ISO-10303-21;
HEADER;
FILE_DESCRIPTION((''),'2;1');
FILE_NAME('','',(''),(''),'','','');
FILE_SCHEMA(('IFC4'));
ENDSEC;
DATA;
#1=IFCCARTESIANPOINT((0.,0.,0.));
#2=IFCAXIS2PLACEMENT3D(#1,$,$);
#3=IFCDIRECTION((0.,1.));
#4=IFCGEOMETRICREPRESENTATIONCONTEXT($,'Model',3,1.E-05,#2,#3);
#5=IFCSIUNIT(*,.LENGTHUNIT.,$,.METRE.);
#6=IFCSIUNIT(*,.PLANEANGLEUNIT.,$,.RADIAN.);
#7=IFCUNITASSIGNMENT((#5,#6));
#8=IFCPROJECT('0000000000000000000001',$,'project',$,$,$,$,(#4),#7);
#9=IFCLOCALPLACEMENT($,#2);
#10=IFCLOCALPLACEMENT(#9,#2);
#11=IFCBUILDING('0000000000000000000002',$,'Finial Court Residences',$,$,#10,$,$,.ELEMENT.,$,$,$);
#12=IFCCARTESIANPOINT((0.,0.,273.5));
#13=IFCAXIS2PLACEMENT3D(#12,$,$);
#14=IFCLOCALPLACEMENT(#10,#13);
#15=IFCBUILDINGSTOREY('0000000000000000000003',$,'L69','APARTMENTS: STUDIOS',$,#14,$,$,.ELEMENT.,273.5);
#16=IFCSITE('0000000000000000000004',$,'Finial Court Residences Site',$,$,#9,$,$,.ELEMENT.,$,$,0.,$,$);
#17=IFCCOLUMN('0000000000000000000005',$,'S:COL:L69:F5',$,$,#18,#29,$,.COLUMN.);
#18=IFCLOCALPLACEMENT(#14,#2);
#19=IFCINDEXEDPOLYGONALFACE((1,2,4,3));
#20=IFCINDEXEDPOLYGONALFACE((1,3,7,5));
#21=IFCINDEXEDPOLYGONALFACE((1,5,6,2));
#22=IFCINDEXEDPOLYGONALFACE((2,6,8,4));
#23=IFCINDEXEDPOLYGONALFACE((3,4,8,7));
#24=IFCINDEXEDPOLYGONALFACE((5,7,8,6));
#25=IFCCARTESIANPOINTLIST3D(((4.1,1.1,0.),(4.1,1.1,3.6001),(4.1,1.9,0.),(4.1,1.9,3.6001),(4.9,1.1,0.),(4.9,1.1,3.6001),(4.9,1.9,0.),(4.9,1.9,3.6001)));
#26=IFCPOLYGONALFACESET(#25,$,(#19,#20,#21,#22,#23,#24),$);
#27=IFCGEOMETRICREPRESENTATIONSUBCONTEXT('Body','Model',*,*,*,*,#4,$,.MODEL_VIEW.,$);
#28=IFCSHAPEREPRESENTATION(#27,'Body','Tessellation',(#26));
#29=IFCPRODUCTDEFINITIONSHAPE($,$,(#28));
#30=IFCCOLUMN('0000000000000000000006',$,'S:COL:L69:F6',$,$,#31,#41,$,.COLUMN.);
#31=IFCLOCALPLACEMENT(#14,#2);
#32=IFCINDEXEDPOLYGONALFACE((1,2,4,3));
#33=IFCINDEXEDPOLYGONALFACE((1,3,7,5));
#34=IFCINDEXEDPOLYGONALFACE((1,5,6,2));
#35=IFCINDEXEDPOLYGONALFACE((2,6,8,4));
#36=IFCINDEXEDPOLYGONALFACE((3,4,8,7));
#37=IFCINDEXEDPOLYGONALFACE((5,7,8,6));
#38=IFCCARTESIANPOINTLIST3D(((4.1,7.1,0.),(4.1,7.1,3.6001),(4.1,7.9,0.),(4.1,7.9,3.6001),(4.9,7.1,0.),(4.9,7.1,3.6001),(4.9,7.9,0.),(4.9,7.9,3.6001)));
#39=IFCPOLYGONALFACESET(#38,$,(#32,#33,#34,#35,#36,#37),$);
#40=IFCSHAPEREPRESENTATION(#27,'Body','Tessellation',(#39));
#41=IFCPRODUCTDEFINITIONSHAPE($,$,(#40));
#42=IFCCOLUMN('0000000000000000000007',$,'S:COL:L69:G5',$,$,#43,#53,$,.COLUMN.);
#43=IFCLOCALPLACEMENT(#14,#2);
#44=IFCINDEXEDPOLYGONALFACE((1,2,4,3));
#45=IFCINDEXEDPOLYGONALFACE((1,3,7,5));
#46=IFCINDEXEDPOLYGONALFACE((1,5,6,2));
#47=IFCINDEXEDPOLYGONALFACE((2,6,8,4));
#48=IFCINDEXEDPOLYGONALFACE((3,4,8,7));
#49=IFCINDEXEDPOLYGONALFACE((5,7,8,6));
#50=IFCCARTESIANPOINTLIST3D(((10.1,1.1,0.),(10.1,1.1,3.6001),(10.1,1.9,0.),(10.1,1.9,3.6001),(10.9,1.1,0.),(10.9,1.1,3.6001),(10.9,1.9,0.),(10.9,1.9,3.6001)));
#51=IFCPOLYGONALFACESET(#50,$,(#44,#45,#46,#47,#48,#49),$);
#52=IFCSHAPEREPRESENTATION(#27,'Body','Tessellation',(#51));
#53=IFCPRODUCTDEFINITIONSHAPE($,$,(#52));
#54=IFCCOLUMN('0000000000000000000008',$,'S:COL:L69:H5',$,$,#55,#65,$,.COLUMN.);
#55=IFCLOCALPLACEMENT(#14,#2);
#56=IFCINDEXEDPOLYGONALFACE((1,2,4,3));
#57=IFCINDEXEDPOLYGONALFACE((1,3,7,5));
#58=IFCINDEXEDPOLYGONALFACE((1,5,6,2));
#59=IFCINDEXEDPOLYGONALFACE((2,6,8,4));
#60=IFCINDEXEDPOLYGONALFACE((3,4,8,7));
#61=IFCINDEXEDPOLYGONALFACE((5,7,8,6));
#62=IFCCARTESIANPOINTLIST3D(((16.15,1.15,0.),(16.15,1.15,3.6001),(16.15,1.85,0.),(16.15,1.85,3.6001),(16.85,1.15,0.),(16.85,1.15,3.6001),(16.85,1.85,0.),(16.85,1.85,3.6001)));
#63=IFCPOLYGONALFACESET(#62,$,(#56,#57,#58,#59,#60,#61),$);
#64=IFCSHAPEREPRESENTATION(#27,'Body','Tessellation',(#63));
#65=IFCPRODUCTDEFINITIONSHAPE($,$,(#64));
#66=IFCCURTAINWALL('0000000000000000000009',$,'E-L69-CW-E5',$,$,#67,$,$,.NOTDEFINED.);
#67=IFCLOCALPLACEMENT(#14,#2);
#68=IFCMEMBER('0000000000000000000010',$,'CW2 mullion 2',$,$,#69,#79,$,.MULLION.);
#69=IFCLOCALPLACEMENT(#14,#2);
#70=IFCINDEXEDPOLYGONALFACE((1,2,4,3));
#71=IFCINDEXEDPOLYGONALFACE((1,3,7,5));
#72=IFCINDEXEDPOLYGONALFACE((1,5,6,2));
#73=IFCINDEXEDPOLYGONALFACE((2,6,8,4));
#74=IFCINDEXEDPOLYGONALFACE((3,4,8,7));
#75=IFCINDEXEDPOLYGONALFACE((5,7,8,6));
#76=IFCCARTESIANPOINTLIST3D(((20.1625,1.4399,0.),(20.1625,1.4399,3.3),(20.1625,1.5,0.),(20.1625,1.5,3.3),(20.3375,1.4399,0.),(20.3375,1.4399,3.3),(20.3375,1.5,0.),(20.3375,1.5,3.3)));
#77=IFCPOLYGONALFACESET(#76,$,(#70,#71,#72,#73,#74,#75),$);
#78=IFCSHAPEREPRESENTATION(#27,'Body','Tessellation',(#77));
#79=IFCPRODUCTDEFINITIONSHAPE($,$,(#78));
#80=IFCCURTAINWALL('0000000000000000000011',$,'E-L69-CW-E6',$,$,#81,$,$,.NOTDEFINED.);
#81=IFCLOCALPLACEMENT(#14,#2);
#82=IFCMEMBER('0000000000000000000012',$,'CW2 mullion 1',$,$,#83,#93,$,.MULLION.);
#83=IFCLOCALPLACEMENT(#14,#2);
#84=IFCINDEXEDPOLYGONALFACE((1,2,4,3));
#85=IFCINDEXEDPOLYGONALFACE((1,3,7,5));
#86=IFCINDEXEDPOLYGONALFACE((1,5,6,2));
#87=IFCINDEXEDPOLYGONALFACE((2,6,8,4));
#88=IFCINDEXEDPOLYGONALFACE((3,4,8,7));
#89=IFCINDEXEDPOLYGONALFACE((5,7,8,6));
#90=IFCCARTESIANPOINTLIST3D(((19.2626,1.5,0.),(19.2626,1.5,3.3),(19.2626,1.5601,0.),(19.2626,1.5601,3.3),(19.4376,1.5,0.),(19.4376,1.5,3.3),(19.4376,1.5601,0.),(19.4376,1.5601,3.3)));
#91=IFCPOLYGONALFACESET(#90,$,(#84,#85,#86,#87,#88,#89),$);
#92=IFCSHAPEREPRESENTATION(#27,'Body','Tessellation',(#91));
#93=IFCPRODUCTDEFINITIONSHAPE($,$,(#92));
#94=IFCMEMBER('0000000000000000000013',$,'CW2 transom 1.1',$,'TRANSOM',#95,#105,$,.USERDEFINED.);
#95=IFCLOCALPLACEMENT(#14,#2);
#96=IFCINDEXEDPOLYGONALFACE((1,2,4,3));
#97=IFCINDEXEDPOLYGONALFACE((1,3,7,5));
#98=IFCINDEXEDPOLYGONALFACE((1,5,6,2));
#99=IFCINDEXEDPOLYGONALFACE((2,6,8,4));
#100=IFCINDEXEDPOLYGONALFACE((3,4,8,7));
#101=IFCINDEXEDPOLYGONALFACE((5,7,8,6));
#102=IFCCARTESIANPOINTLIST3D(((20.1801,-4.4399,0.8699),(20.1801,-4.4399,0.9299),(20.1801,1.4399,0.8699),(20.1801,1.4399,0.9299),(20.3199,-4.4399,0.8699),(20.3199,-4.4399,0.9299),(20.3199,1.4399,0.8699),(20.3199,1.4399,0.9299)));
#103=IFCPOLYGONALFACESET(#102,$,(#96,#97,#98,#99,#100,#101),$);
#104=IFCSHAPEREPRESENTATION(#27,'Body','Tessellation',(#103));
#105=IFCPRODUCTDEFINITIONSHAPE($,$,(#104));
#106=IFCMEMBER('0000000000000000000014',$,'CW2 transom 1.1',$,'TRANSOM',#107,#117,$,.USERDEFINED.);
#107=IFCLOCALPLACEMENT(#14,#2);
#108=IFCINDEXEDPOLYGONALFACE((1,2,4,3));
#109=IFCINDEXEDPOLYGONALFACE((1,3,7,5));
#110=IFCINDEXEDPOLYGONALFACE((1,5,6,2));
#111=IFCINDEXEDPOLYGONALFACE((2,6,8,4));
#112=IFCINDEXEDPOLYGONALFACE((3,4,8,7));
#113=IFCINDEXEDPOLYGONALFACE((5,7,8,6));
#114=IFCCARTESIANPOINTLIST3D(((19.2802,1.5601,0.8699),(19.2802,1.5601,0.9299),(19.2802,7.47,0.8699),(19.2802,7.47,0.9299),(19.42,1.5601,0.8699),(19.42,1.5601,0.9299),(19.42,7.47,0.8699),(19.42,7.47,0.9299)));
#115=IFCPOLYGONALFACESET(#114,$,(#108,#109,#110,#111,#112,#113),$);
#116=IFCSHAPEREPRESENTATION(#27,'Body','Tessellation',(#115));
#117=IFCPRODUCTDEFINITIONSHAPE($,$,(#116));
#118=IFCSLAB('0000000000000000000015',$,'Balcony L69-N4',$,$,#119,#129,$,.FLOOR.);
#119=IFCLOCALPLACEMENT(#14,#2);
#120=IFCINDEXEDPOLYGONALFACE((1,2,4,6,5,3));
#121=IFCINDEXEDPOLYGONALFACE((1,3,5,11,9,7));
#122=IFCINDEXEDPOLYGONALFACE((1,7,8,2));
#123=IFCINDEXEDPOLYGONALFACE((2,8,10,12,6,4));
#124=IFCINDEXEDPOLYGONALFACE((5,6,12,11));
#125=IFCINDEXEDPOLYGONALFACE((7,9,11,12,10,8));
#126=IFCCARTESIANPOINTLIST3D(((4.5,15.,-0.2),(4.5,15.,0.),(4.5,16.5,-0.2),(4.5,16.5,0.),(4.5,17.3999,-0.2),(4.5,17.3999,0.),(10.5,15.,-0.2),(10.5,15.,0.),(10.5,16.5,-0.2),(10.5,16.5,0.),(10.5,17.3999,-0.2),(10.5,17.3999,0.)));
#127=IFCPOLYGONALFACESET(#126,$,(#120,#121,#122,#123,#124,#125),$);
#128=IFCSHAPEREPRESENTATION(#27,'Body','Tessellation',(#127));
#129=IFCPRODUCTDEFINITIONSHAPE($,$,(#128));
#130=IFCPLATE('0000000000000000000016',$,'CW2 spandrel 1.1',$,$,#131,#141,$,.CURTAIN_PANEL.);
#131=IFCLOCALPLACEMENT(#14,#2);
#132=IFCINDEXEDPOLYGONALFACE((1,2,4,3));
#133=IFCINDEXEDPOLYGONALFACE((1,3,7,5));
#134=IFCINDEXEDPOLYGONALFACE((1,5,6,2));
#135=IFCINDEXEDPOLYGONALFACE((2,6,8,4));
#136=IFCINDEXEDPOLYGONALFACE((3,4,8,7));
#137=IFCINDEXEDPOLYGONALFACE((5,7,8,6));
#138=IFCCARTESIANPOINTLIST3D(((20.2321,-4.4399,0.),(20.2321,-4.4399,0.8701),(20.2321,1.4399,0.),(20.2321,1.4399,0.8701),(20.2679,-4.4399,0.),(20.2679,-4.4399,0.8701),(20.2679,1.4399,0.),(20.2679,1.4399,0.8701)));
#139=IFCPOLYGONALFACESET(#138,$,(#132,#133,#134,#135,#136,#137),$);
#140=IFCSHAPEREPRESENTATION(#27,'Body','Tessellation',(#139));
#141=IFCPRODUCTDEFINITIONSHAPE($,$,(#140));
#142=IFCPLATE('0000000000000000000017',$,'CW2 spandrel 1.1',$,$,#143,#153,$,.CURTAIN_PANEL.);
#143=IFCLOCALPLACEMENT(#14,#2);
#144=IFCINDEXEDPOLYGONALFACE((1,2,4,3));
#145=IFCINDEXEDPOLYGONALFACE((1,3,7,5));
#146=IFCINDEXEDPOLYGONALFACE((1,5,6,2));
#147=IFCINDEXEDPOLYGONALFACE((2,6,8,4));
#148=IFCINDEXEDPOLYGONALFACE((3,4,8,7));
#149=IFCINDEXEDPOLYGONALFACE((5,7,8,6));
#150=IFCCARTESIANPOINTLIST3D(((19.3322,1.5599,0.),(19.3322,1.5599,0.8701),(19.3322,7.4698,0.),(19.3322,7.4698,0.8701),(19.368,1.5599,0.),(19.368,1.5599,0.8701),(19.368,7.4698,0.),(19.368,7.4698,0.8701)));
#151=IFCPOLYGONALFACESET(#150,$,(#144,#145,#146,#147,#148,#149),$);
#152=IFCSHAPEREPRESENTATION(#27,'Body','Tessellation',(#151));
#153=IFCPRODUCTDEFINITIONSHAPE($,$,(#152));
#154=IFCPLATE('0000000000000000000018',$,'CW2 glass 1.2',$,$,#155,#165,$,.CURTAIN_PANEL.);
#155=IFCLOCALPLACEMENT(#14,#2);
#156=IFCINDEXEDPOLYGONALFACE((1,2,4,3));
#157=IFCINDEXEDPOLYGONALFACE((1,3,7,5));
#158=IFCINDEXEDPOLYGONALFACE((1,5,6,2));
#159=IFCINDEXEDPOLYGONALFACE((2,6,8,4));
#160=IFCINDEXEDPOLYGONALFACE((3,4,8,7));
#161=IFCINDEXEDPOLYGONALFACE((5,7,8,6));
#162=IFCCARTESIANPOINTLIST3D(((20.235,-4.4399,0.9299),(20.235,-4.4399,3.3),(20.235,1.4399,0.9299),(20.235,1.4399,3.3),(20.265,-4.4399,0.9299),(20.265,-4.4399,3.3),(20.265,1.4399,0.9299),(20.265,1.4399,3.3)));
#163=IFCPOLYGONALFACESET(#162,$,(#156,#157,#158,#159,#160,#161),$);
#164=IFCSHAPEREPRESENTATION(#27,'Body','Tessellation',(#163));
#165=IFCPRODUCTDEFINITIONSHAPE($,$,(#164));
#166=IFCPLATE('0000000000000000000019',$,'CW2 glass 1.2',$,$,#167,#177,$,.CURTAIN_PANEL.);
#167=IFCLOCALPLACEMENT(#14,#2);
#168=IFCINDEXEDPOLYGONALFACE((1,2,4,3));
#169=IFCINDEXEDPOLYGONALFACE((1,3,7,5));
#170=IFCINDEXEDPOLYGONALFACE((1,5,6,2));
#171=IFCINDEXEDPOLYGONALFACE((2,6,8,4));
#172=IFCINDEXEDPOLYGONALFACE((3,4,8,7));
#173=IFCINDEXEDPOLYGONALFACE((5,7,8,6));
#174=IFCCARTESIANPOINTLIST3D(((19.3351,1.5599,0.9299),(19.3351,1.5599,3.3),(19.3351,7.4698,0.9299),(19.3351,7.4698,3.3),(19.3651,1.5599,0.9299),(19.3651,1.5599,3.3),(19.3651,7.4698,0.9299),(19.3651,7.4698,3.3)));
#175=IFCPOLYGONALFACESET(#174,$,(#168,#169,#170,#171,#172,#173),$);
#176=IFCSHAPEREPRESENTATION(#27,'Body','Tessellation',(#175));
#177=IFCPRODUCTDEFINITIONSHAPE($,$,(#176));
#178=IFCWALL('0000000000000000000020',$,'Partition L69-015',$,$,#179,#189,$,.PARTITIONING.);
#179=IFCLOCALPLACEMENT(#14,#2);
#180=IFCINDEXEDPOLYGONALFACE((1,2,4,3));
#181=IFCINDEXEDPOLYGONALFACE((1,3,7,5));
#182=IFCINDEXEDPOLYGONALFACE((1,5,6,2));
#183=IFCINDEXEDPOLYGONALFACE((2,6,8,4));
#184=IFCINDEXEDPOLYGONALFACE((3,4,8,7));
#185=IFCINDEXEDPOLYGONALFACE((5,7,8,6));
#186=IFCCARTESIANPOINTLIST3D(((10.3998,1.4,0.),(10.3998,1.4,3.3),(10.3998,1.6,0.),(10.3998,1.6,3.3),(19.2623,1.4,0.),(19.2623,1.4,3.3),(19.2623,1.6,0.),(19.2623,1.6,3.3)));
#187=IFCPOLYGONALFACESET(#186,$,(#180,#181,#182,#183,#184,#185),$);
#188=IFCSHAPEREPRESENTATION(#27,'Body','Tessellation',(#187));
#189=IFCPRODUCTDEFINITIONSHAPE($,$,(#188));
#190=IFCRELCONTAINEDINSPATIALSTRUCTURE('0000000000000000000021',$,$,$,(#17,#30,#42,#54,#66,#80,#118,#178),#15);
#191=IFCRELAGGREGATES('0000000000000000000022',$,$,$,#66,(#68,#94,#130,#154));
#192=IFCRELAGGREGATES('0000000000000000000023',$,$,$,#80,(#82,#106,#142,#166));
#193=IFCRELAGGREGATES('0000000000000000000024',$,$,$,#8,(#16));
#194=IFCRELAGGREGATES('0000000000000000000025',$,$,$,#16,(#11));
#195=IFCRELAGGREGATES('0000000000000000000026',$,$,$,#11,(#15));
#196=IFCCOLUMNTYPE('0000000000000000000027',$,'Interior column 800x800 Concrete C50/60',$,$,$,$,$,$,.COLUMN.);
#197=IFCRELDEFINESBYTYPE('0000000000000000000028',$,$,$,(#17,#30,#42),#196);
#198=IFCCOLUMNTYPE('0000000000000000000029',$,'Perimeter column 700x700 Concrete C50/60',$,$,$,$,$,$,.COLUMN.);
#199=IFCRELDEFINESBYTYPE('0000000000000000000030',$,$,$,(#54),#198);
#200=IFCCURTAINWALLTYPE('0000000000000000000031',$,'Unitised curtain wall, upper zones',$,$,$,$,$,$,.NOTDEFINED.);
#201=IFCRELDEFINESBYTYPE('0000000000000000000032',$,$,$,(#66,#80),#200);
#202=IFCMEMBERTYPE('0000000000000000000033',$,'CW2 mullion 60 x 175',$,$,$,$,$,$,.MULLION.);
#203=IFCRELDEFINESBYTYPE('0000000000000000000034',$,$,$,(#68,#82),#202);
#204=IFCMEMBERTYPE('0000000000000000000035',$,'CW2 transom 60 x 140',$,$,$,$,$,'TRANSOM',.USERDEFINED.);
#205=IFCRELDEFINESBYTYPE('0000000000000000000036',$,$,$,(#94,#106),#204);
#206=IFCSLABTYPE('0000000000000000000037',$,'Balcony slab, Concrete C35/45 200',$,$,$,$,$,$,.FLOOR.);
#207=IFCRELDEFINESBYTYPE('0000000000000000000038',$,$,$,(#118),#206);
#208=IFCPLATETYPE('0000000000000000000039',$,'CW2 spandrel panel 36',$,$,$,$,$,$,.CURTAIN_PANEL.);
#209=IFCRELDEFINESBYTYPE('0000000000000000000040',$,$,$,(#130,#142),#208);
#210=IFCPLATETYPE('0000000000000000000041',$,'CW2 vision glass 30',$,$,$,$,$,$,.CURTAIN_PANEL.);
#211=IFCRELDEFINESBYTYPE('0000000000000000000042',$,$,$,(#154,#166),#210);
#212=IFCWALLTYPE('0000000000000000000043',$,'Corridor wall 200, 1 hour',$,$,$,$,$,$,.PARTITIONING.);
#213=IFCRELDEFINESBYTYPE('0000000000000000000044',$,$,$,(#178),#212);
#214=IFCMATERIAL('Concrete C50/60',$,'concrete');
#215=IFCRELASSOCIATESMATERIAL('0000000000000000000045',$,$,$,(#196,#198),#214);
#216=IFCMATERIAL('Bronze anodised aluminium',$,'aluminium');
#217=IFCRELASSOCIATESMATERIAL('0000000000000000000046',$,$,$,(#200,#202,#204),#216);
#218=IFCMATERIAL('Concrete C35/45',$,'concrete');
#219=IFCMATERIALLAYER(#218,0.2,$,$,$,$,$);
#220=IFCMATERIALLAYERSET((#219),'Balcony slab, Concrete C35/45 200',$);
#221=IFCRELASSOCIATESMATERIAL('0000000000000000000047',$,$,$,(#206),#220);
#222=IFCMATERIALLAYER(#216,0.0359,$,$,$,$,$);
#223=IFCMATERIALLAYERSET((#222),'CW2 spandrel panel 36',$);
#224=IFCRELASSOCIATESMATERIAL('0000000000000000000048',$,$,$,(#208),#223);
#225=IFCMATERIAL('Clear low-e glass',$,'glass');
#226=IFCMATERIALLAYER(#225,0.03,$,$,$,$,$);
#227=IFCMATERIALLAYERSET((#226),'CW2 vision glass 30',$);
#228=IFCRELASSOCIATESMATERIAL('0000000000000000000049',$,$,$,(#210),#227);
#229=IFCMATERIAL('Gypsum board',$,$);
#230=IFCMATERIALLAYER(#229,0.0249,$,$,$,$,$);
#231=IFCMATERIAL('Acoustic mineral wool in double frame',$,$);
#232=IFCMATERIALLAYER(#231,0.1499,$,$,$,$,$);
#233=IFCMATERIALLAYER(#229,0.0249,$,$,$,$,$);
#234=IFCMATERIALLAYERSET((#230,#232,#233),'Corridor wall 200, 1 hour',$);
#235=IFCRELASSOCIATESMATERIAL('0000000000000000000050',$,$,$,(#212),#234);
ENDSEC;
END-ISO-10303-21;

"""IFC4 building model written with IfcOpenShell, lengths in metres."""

from ifc_helpers import new_model, si_unit, direction, frame, frame_2d, origin, origin_2d, place, context, subcontext, project, spatial, polyline, rectangle, outline, extrude, material, layer, layer_set, material_profile, profile_set, type_object, element, aggregate, save


model = new_model("IFC4")

# Units and contexts
model_context = context("Model", 3, precision=1e-05, world=origin(), true_north=direction((0.0, 1.0)))
body_context = subcontext(model_context, "Body", "Model", "MODEL_VIEW")
ifc_project = project(units=[si_unit("LENGTHUNIT", "METRE"), si_unit("PLANEANGLEUNIT", "RADIAN")], contexts=[model_context])

# Site, building, storey
site_placement = place(None, origin())
site = spatial("IfcSite", under=ifc_project, at=site_placement, Name="Finial Court Residences Site", CompositionType="ELEMENT", RefElevation=0.0)
building_placement = place(site_placement, origin())
building = spatial("IfcBuilding", under=site, at=building_placement, Name="Finial Court Residences", CompositionType="ELEMENT")
storey_placement = place(building_placement, frame((0.0, 0.0, 273.5)))
storey = spatial("IfcBuildingStorey", under=building, at=storey_placement, Name="L69", Description="APARTMENTS: STUDIOS", CompositionType="ELEMENT", Elevation=273.5)

# Columns
ifc_material_1 = material(Name="Concrete C50/60", Category="concrete")
ifc_material_profile_1 = material_profile(ifc_material_1, rectangle(XDim=0.8, YDim=0.8, at=origin_2d()), Name="800x800")
ifc_profile_set_1 = profile_set([ifc_material_profile_1], Name="Concrete C50/60")
column_type_1 = type_object("IfcColumnType", Name="Interior column 800x800 Concrete C50/60", PredefinedType="COLUMN", material=ifc_profile_set_1)
for number, where, z_axis, x_axis, name in (
    (1, (4.5, 1.5, 0.0), (0.0, 0.0, 1.0), (1.0, 0.0, 0.0), "S:COL:L69:F5"),
    (2, (4.5, 7.5, 0.0), (0.0, 0.0, 1.0), (1.0, 0.0, 0.0), "S:COL:L69:F6"),
    (3, (10.5, 1.5, 0.0), (0.0, 0.0, 1.0), (1.0, 0.0, 0.0), "S:COL:L69:G5"),
):
    element("IfcColumn", number, at=place(storey_placement, frame(where, z_axis=z_axis, x_axis=x_axis)), inside=storey, type_object=column_type_1, Name=name, PredefinedType="COLUMN", context=body_context, shape_type="SweptSolid", body=[
        extrude(rectangle(XDim=0.8, YDim=0.8, at=origin_2d()), origin(), (0.0, 0.0, 1.0), 3.6001),
    ])
ifc_material_profile_2 = material_profile(ifc_material_1, rectangle(XDim=0.7, YDim=0.7, at=origin_2d()), Name="700x700")
ifc_profile_set_2 = profile_set([ifc_material_profile_2], Name="Concrete C50/60")
column_type_2 = type_object("IfcColumnType", Name="Perimeter column 700x700 Concrete C50/60", PredefinedType="COLUMN", material=ifc_profile_set_2)
column_placement = place(storey_placement, frame((16.5, 1.5, 0.0), z_axis=(0.0, 0.0, 1.0), x_axis=(1.0, 0.0, 0.0)))
element("IfcColumn", 4, at=column_placement, inside=storey, type_object=column_type_2, Name="S:COL:L69:H5", PredefinedType="COLUMN", context=body_context, shape_type="SweptSolid", body=[
    extrude(rectangle(XDim=0.7, YDim=0.7, at=origin_2d()), origin(), (0.0, 0.0, 1.0), 3.6001),
])

# Curtain walls, members
ifc_material_2 = material(Name="Bronze anodised aluminium", Category="aluminium")
curtain_wall_type = type_object("IfcCurtainWallType", Name="Unitised curtain wall, upper zones", PredefinedType="NOTDEFINED", material=ifc_material_2)
curtain_wall_1_placement = place(storey_placement, origin())
curtain_wall_1 = element("IfcCurtainWall", 5, at=curtain_wall_1_placement, inside=storey, type_object=curtain_wall_type, Name="E-L69-CW-E5", PredefinedType="NOTDEFINED")
ifc_material_profile_3 = material_profile(ifc_material_2, rectangle(XDim=0.175, YDim=0.0601, at=origin_2d()), Name="CW2 mullion 60 x 175")
ifc_profile_set_3 = profile_set([ifc_material_profile_3], Name="Bronze anodised aluminium")
member_type_1 = type_object("IfcMemberType", Name="CW2 mullion 60 x 175", PredefinedType="MULLION", material=ifc_profile_set_3)
member_1_placement = place(storey_placement, frame((20.25, 1.47, 0.0), z_axis=(0.0, 0.0, 1.0), x_axis=(-1.0, 0.0, 0.0)))
member_1 = element("IfcMember", 6, at=member_1_placement, type_object=member_type_1, Name="CW2 mullion 2", PredefinedType="MULLION", context=body_context, shape_type="SweptSolid", body=[
    extrude(rectangle(XDim=0.175, YDim=0.0601, at=origin_2d()), origin(), (0.0, 0.0, 1.0), 3.3),
])
curtain_wall_2_placement = place(storey_placement, origin())
curtain_wall_2 = element("IfcCurtainWall", 7, at=curtain_wall_2_placement, inside=storey, type_object=curtain_wall_type, Name="E-L69-CW-E6", PredefinedType="NOTDEFINED")
member_2_placement = place(storey_placement, frame((19.3501, 1.53, 0.0), z_axis=(0.0, 0.0, 1.0), x_axis=(-1.0, 0.0, 0.0)))
member_2 = element("IfcMember", 8, at=member_2_placement, type_object=member_type_1, Name="CW2 mullion 1", PredefinedType="MULLION", context=body_context, shape_type="SweptSolid", body=[
    extrude(rectangle(XDim=0.175, YDim=0.0601, at=origin_2d()), origin(), (0.0, 0.0, 1.0), 3.3),
])

# Members
ifc_material_profile_4 = material_profile(ifc_material_2, rectangle(XDim=0.1399, YDim=0.0601, at=origin_2d()), Name="CW2 transom 60 x 140")
ifc_profile_set_4 = profile_set([ifc_material_profile_4], Name="Bronze anodised aluminium")
member_type_2 = type_object("IfcMemberType", Name="CW2 transom 60 x 140", ElementType="TRANSOM", PredefinedType="USERDEFINED", material=ifc_profile_set_4)
member_3_placement = place(storey_placement, frame((20.25, -4.4399, 0.8999), z_axis=(0.0, 1.0, 0.0), x_axis=(-1.0, 0.0, 0.0)))
member_3 = element("IfcMember", 9, at=member_3_placement, type_object=member_type_2, Name="CW2 transom 1.1", ObjectType="TRANSOM", PredefinedType="USERDEFINED", context=body_context, shape_type="SweptSolid", body=[
    extrude(rectangle(XDim=0.1399, YDim=0.0601, at=origin_2d()), origin(), (0.0, 0.0, 1.0), 5.8799),
])
member_4_placement = place(storey_placement, frame((19.3501, 1.5601, 0.8999), z_axis=(0.0, 1.0, 0.0), x_axis=(-1.0, 0.0, 0.0)))
member_4 = element("IfcMember", 10, at=member_4_placement, type_object=member_type_2, Name="CW2 transom 1.1", ObjectType="TRANSOM", PredefinedType="USERDEFINED", context=body_context, shape_type="SweptSolid", body=[
    extrude(rectangle(XDim=0.1399, YDim=0.0601, at=origin_2d()), origin(), (0.0, 0.0, 1.0), 5.9099),
])

# Slab
ifc_material_3 = material(Name="Concrete C35/45", Category="concrete")
ifc_layer_1 = layer(ifc_material_3, 0.2)
ifc_layer_set_1 = layer_set([ifc_layer_1], Name="Balcony slab, Concrete C35/45 200")
slab_type = type_object("IfcSlabType", Name="Balcony slab, Concrete C35/45 200", PredefinedType="FLOOR", material=ifc_layer_set_1)
slab_placement = place(storey_placement, frame((0.0, 0.0, -0.2)))
element("IfcSlab", 11, at=slab_placement, inside=storey, type_object=slab_type, Name="Balcony L69-N4", PredefinedType="FLOOR", context=body_context, shape_type="SweptSolid", body=[
    extrude(outline(polyline([(4.5, 16.5), (4.5, 17.3999), (10.5, 17.3999), (10.5, 16.5), (10.5, 15.0), (4.5, 15.0), (4.5, 16.5)])), origin(), (0.0, 0.0, 1.0), 0.2),
])

# Plates
ifc_layer_2 = layer(ifc_material_2, 0.0359)
ifc_layer_set_2 = layer_set([ifc_layer_2], Name="CW2 spandrel panel 36")
plate_type_1 = type_object("IfcPlateType", Name="CW2 spandrel panel 36", PredefinedType="CURTAIN_PANEL", material=ifc_layer_set_2)
plate_1_placement = place(storey_placement, frame((20.25, -1.5, 0.0), z_axis=(0.0, 0.0, 1.0), x_axis=(0.0, 1.0, 0.0)))
plate_1 = element("IfcPlate", 12, at=plate_1_placement, type_object=plate_type_1, Name="CW2 spandrel 1.1", PredefinedType="CURTAIN_PANEL", context=body_context, shape_type="SweptSolid", body=[
    extrude(rectangle(XDim=5.8799, YDim=0.0359, at=origin_2d()), origin(), (0.0, 0.0, 1.0), 0.8701),
])
plate_2_placement = place(storey_placement, frame((19.3501, 4.5149, 0.0), z_axis=(0.0, 0.0, 1.0), x_axis=(0.0, 1.0, 0.0)))
plate_2 = element("IfcPlate", 13, at=plate_2_placement, type_object=plate_type_1, Name="CW2 spandrel 1.1", PredefinedType="CURTAIN_PANEL", context=body_context, shape_type="SweptSolid", body=[
    extrude(rectangle(XDim=5.9099, YDim=0.0359, at=origin_2d()), origin(), (0.0, 0.0, 1.0), 0.8701),
])
ifc_material_4 = material(Name="Clear low-e glass", Category="glass")
ifc_layer_3 = layer(ifc_material_4, 0.03)
ifc_layer_set_3 = layer_set([ifc_layer_3], Name="CW2 vision glass 30")
plate_type_2 = type_object("IfcPlateType", Name="CW2 vision glass 30", PredefinedType="CURTAIN_PANEL", material=ifc_layer_set_3)
plate_3_placement = place(storey_placement, frame((20.25, -1.5, 0.9299), z_axis=(0.0, 0.0, 1.0), x_axis=(0.0, 1.0, 0.0)))
plate_3 = element("IfcPlate", 14, at=plate_3_placement, type_object=plate_type_2, Name="CW2 glass 1.2", PredefinedType="CURTAIN_PANEL", context=body_context, shape_type="SweptSolid", body=[
    extrude(rectangle(XDim=5.8799, YDim=0.03, at=origin_2d()), origin(), (0.0, 0.0, 1.0), 2.3701),
])
aggregate(curtain_wall_1, [member_1, member_3, plate_1, plate_3])
plate_4_placement = place(storey_placement, frame((19.3501, 4.5149, 0.9299), z_axis=(0.0, 0.0, 1.0), x_axis=(0.0, 1.0, 0.0)))
plate_4 = element("IfcPlate", 15, at=plate_4_placement, type_object=plate_type_2, Name="CW2 glass 1.2", PredefinedType="CURTAIN_PANEL", context=body_context, shape_type="SweptSolid", body=[
    extrude(rectangle(XDim=5.9099, YDim=0.03, at=origin_2d()), origin(), (0.0, 0.0, 1.0), 2.3701),
])
aggregate(curtain_wall_2, [member_2, member_4, plate_2, plate_4])

# Wall
ifc_material_5 = material(Name="Gypsum board")
ifc_layer_4 = layer(ifc_material_5, 0.0249)
ifc_material_6 = material(Name="Acoustic mineral wool in double frame")
ifc_layer_5 = layer(ifc_material_6, 0.1499)
ifc_layer_6 = layer(ifc_material_5, 0.0249)
ifc_layer_set_4 = layer_set([ifc_layer_4, ifc_layer_5, ifc_layer_6], Name="Corridor wall 200, 1 hour")
wall_type_1 = type_object("IfcWallType", Name="Corridor wall 200, 1 hour", PredefinedType="PARTITIONING", material=ifc_layer_set_4)
wall_1_placement = place(storey_placement, frame((10.3999, 1.5, 0.0), z_axis=(0.0, 0.0, 1.0), x_axis=(1.0, 0.0, 0.0)))
element("IfcWall", 16, at=wall_1_placement, inside=storey, type_object=wall_type_1, Name="Partition L69-015", PredefinedType="PARTITIONING", context=body_context, shape_type="SweptSolid", body=[
    extrude(rectangle(XDim=8.8625, YDim=0.2, at=frame_2d((4.4312, 0.0))), origin(), (0.0, 0.0, 1.0), 3.3),
])

save(model, "model.ifc")
